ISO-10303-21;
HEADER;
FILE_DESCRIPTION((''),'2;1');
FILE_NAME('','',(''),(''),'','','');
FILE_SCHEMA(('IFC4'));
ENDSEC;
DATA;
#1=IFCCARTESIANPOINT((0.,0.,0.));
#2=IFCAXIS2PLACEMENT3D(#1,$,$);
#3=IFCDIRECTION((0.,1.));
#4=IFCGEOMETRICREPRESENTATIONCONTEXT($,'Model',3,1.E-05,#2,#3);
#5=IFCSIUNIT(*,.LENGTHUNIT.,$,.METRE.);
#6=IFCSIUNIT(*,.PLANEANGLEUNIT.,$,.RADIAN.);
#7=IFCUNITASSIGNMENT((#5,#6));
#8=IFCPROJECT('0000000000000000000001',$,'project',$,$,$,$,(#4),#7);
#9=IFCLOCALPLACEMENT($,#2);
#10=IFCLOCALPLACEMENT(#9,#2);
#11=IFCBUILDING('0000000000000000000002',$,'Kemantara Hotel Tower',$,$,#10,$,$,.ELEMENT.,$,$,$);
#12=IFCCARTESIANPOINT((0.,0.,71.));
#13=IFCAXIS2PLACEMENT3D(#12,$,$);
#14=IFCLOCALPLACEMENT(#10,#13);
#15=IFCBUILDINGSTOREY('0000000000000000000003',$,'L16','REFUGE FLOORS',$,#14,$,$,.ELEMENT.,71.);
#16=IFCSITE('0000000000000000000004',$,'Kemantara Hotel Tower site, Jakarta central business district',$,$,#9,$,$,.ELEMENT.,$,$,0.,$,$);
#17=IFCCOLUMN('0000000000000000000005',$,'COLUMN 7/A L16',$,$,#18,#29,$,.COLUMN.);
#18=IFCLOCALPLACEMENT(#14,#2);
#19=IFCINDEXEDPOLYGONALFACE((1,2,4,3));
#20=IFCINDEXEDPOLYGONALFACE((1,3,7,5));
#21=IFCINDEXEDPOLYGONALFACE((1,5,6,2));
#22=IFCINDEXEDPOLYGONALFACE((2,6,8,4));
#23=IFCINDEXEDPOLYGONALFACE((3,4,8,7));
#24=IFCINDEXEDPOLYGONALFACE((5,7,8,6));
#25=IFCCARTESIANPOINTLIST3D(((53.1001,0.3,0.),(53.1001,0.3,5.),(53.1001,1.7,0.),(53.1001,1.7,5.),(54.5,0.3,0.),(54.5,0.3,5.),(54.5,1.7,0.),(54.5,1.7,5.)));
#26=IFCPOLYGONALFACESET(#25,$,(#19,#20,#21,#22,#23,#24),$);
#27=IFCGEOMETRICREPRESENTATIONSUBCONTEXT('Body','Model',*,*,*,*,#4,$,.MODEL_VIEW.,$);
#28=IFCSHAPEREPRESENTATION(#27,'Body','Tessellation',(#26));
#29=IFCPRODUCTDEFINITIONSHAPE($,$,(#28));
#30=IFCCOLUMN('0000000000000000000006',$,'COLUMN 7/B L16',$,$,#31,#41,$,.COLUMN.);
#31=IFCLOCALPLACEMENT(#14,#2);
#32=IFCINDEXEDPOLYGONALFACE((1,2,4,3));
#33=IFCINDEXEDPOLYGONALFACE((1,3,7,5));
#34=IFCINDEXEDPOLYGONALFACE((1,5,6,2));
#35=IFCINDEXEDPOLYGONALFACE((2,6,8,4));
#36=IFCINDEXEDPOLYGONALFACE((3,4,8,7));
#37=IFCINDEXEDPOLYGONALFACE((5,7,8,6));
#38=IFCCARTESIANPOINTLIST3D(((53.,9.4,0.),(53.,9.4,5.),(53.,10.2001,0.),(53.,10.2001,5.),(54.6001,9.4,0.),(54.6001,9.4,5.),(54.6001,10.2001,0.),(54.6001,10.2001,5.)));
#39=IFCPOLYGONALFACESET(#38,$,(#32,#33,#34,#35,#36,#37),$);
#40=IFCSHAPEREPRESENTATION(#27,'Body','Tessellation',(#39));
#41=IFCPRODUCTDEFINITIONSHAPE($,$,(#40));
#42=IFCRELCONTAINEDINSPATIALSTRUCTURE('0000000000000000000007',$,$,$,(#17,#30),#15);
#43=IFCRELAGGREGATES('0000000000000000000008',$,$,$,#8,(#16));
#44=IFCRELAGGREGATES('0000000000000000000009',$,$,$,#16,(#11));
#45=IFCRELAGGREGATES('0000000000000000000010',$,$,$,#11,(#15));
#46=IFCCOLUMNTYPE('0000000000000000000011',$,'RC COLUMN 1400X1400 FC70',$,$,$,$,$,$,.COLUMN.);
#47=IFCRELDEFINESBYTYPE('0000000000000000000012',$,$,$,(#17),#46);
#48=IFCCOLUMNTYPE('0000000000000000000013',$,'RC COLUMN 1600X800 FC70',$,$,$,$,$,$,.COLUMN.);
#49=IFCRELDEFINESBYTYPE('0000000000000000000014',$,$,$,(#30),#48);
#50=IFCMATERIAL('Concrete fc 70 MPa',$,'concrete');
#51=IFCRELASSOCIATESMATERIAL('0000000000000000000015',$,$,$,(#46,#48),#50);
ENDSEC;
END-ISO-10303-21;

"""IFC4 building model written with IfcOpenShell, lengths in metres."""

from ifc_helpers import new_model, si_unit, direction, frame, origin, origin_2d, place, context, subcontext, project, spatial, rectangle, extrude, material, material_profile, profile_set, type_object, element, save


model = new_model("IFC4")

# Units and contexts
model_context = context("Model", 3, precision=1e-05, world=origin(), true_north=direction((0.0, 1.0)))
body_context = subcontext(model_context, "Body", "Model", "MODEL_VIEW")
ifc_project = project(units=[si_unit("LENGTHUNIT", "METRE"), si_unit("PLANEANGLEUNIT", "RADIAN")], contexts=[model_context])

# Site, building, storey
site_placement = place(None, origin())
site = spatial("IfcSite", under=ifc_project, at=site_placement, Name="Kemantara Hotel Tower site, Jakarta central business district", CompositionType="ELEMENT", RefElevation=0.0)
building_placement = place(site_placement, origin())
building = spatial("IfcBuilding", under=site, at=building_placement, Name="Kemantara Hotel Tower", CompositionType="ELEMENT")
storey_placement = place(building_placement, frame((0.0, 0.0, 71.0)))
storey = spatial("IfcBuildingStorey", under=building, at=storey_placement, Name="L16", Description="REFUGE FLOORS", CompositionType="ELEMENT", Elevation=71.0)

# Columns
ifc_material_1 = material(Name="Concrete fc 70 MPa", Category="concrete")
ifc_material_profile_1 = material_profile(ifc_material_1, rectangle(XDim=1.3999, YDim=1.3999, at=origin_2d()), Name="RC 1400X1400")
ifc_profile_set_1 = profile_set([ifc_material_profile_1], Name="Concrete fc 70 MPa")
column_type_1 = type_object("IfcColumnType", Name="RC COLUMN 1400X1400 FC70", PredefinedType="COLUMN", material=ifc_profile_set_1)
column_1_placement = place(storey_placement, frame((53.8, 1.0, 0.0), z_axis=(0.0, 0.0, 1.0), x_axis=(1.0, 0.0, 0.0)))
element("IfcColumn", 1, at=column_1_placement, inside=storey, type_object=column_type_1, Name="COLUMN 7/A L16", PredefinedType="COLUMN", context=body_context, shape_type="SweptSolid", body=[
    extrude(rectangle(XDim=1.3999, YDim=1.3999, at=origin_2d()), origin(), (0.0, 0.0, 1.0), 5.0),
])
ifc_material_profile_2 = material_profile(ifc_material_1, rectangle(XDim=1.6001, YDim=0.8, at=origin_2d()), Name="RC 1600X800")
ifc_profile_set_2 = profile_set([ifc_material_profile_2], Name="Concrete fc 70 MPa")
column_type_2 = type_object("IfcColumnType", Name="RC COLUMN 1600X800 FC70", PredefinedType="COLUMN", material=ifc_profile_set_2)
column_2_placement = place(storey_placement, frame((53.8, 9.8, 0.0), z_axis=(0.0, 0.0, 1.0), x_axis=(1.0, 0.0, 0.0)))
element("IfcColumn", 2, at=column_2_placement, inside=storey, type_object=column_type_2, Name="COLUMN 7/B L16", PredefinedType="COLUMN", context=body_context, shape_type="SweptSolid", body=[
    extrude(rectangle(XDim=1.6001, YDim=0.8, at=origin_2d()), origin(), (0.0, 0.0, 1.0), 5.0),
])

save(model, "model.ifc")
